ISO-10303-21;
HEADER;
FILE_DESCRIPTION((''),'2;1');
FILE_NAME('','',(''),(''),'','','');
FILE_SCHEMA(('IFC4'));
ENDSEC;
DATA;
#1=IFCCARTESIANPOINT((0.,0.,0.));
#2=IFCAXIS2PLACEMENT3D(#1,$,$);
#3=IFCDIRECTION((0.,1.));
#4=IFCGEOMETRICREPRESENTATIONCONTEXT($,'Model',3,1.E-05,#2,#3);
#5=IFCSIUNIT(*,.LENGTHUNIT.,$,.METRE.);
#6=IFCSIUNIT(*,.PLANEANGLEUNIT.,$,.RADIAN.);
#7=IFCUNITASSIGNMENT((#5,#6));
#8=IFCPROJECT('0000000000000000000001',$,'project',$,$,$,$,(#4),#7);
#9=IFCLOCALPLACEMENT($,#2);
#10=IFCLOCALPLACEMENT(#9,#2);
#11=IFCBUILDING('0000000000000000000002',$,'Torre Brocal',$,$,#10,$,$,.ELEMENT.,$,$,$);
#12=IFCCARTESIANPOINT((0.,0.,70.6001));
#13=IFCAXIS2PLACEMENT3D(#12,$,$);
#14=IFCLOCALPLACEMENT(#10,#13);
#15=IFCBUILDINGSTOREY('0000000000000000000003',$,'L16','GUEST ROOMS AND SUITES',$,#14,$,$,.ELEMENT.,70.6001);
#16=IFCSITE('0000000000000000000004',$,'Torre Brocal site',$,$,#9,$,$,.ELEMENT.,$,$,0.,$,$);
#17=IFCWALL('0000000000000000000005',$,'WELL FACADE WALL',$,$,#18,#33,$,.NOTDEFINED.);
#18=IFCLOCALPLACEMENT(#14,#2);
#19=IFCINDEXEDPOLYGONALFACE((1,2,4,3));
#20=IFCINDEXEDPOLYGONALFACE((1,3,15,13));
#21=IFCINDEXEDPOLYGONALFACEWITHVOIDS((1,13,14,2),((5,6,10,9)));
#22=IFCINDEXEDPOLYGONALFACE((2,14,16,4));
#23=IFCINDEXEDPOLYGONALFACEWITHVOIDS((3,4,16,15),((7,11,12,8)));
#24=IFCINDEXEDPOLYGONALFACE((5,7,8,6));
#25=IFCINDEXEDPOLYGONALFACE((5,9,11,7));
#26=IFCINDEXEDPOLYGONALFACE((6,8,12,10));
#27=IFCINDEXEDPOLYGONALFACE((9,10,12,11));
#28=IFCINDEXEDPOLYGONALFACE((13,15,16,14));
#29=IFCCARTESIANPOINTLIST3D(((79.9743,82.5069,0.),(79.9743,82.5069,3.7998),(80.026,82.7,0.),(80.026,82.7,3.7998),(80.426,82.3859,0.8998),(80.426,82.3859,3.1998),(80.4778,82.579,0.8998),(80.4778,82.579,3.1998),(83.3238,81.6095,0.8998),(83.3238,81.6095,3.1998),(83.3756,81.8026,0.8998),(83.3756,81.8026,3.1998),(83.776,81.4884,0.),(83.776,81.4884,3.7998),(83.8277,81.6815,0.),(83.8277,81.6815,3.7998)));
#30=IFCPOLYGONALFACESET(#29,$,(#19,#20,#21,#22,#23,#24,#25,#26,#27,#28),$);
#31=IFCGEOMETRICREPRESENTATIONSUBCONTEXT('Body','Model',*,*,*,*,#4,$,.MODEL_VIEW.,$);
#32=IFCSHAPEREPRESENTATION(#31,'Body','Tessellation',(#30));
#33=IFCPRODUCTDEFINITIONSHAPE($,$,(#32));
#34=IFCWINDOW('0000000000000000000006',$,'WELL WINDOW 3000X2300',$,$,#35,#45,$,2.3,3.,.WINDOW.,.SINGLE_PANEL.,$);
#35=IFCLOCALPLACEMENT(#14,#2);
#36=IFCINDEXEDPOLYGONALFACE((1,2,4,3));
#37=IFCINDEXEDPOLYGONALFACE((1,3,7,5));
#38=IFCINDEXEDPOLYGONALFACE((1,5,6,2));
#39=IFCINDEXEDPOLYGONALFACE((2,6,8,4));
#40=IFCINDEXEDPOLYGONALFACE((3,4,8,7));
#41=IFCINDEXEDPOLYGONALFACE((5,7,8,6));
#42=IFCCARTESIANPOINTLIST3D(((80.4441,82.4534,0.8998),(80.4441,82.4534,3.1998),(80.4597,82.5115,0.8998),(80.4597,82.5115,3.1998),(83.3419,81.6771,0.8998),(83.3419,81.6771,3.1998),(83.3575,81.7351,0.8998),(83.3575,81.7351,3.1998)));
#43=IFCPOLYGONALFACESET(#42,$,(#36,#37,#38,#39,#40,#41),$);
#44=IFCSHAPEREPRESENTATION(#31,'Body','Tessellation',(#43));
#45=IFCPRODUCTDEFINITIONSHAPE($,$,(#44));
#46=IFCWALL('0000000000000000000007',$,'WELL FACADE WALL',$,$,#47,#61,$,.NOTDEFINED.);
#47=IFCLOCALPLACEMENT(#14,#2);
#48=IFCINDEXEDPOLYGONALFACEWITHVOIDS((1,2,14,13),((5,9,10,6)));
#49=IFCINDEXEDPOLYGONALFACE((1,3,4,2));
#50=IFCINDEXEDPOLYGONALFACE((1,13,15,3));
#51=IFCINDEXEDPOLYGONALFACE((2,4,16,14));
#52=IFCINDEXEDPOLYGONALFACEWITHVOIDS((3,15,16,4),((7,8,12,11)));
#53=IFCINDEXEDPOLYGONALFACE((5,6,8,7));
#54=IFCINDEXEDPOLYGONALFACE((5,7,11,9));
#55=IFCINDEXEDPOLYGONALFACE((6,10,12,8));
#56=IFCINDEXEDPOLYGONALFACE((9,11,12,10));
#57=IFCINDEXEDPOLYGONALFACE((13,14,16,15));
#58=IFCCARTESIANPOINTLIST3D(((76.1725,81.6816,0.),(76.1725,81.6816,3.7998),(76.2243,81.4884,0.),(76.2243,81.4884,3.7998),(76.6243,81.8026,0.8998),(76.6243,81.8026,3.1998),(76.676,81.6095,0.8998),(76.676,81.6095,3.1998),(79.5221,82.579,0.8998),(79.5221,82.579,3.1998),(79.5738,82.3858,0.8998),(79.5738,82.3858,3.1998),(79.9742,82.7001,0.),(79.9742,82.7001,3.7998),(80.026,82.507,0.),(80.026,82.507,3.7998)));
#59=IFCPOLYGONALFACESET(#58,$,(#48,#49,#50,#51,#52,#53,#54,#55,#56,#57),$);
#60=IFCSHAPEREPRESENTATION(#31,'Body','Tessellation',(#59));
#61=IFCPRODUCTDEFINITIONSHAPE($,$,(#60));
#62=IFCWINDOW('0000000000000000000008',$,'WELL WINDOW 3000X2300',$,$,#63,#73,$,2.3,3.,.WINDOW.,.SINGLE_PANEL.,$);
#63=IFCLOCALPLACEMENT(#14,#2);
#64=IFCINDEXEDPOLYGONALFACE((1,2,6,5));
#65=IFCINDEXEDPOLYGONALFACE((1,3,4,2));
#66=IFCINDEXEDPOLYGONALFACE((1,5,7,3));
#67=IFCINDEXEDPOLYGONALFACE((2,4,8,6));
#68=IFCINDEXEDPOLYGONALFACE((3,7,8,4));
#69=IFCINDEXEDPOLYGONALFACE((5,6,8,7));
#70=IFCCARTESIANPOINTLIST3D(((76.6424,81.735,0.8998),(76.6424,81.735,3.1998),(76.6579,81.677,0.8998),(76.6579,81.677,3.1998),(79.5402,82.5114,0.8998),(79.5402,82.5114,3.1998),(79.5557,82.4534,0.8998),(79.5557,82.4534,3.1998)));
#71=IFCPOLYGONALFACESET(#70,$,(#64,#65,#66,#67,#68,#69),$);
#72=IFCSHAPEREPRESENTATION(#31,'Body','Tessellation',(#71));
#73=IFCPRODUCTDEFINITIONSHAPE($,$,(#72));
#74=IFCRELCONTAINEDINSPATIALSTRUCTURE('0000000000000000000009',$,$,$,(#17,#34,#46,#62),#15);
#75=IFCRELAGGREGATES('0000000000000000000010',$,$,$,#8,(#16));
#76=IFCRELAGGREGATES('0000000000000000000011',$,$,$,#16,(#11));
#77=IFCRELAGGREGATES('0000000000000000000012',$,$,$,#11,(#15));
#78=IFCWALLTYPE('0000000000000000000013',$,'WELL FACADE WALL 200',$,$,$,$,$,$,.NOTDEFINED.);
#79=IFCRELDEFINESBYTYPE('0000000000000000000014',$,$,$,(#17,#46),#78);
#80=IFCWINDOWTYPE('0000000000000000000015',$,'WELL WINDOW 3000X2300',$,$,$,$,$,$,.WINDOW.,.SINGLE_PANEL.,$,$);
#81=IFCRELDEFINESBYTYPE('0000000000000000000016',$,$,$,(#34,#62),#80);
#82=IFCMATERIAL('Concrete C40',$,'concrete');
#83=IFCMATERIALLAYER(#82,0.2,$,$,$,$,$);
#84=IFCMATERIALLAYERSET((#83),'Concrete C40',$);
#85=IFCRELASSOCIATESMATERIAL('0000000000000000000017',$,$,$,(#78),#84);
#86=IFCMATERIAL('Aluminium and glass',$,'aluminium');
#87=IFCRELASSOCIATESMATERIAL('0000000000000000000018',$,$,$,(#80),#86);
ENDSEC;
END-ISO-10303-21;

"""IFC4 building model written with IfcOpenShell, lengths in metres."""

from ifc_helpers import new_model, si_unit, direction, frame, frame_2d, origin, place, context, subcontext, project, spatial, rectangle, extrude, material, layer, layer_set, type_object, element, fill, save


model = new_model("IFC4")

# Units and contexts
model_context = context("Model", 3, precision=1e-05, world=origin(), true_north=direction((0.0, 1.0)))
body_context = subcontext(model_context, "Body", "Model", "MODEL_VIEW")
ifc_project = project(units=[si_unit("LENGTHUNIT", "METRE"), si_unit("PLANEANGLEUNIT", "RADIAN")], contexts=[model_context])

# Site, building, storey
site_placement = place(None, origin())
site = spatial("IfcSite", under=ifc_project, at=site_placement, Name="Torre Brocal site", CompositionType="ELEMENT", RefElevation=0.0)
building_placement = place(site_placement, origin())
building = spatial("IfcBuilding", under=site, at=building_placement, Name="Torre Brocal", CompositionType="ELEMENT")
storey_placement = place(building_placement, frame((0.0, 0.0, 70.6001)))
storey = spatial("IfcBuildingStorey", under=building, at=storey_placement, Name="L16", Description="GUEST ROOMS AND SUITES", CompositionType="ELEMENT", Elevation=70.6001)

# Walls, openings, windows
ifc_material_1 = material(Name="Concrete C40", Category="concrete")
ifc_layer_1 = layer(ifc_material_1, 0.2)
ifc_layer_set_1 = layer_set([ifc_layer_1], Name="Concrete C40")
wall_type_1 = type_object("IfcWallType", Name="WELL FACADE WALL 200", PredefinedType="NOTDEFINED", material=ifc_layer_set_1)
wall_1_placement = place(storey_placement, frame((83.8018, 81.585, 0.0), z_axis=(0.0, 0.0, 1.0), x_axis=(-0.965934, 0.25879, 0.0)))
wall_1 = element("IfcWall", 1, at=wall_1_placement, inside=storey, type_object=wall_type_1, Name="WELL FACADE WALL", PredefinedType="NOTDEFINED", context=body_context, shape_type="SweptSolid", body=[
    extrude(rectangle(XDim=3.9358, YDim=0.2, at=frame_2d((1.9678, 0.0))), origin(), (0.0, 0.0, 1.0), 3.7998),
])
opening_1_placement = place(wall_1_placement, frame((0.468, 0.0, 0.8999)))
opening_1 = element("IfcOpeningElement", 2, at=opening_1_placement, cuts=wall_1, PredefinedType="OPENING", context=body_context, shape_type="SweptSolid", body=[
    extrude(rectangle(XDim=3.0, YDim=2.3, at=frame_2d((1.5, 1.1499))), frame((0.0, 0.1099, 0.0), z_axis=(0.0, -1.0, 0.0), x_axis=(1.0, 0.0, 0.0)), (0.0, 0.0, 1.0), 0.22),
])
ifc_material_2 = material(Name="Aluminium and glass", Category="aluminium")
window_type = type_object("IfcWindowType", Name="WELL WINDOW 3000X2300", PartitioningType="SINGLE_PANEL", PredefinedType="WINDOW", material=ifc_material_2)
window_1_placement = place(opening_1_placement, origin())
window_1 = element("IfcWindow", 3, at=window_1_placement, inside=storey, type_object=window_type, Name="WELL WINDOW 3000X2300", OverallHeight=2.3, OverallWidth=3.0, PartitioningType="SINGLE_PANEL", PredefinedType="WINDOW", context=body_context, shape_type="SweptSolid", body=[
    extrude(rectangle(XDim=3.0, YDim=2.3, at=frame_2d((1.5, 1.1499))), frame((0.0, 0.03, 0.0), z_axis=(0.0, -1.0, 0.0), x_axis=(1.0, 0.0, 0.0)), (0.0, 0.0, 1.0), 0.0601),
])
fill(opening_1, window_1)
wall_2_placement = place(storey_placement, frame((80.0, 82.6035, 0.0), z_axis=(0.0, 0.0, 1.0), x_axis=(-0.965934, -0.25879, 0.0)))
wall_2 = element("IfcWall", 4, at=wall_2_placement, inside=storey, type_object=wall_type_1, Name="WELL FACADE WALL", PredefinedType="NOTDEFINED", context=body_context, shape_type="SweptSolid", body=[
    extrude(rectangle(XDim=3.9358, YDim=0.2, at=frame_2d((1.9678, 0.0))), origin(), (0.0, 0.0, 1.0), 3.7998),
])
opening_2_placement = place(wall_2_placement, frame((0.468, 0.0, 0.8999)))
opening_2 = element("IfcOpeningElement", 5, at=opening_2_placement, cuts=wall_2, PredefinedType="OPENING", context=body_context, shape_type="SweptSolid", body=[
    extrude(rectangle(XDim=3.0, YDim=2.3, at=frame_2d((1.5, 1.1499))), frame((0.0, 0.1099, 0.0), z_axis=(0.0, -1.0, 0.0), x_axis=(1.0, 0.0, 0.0)), (0.0, 0.0, 1.0), 0.22),
])
window_2_placement = place(opening_2_placement, origin())
window_2 = element("IfcWindow", 6, at=window_2_placement, inside=storey, type_object=window_type, Name="WELL WINDOW 3000X2300", OverallHeight=2.3, OverallWidth=3.0, PartitioningType="SINGLE_PANEL", PredefinedType="WINDOW", context=body_context, shape_type="SweptSolid", body=[
    extrude(rectangle(XDim=3.0, YDim=2.3, at=frame_2d((1.5, 1.1499))), frame((0.0, 0.03, 0.0), z_axis=(0.0, -1.0, 0.0), x_axis=(1.0, 0.0, 0.0)), (0.0, 0.0, 1.0), 0.0601),
])
fill(opening_2, window_2)

save(model, "model.ifc")
